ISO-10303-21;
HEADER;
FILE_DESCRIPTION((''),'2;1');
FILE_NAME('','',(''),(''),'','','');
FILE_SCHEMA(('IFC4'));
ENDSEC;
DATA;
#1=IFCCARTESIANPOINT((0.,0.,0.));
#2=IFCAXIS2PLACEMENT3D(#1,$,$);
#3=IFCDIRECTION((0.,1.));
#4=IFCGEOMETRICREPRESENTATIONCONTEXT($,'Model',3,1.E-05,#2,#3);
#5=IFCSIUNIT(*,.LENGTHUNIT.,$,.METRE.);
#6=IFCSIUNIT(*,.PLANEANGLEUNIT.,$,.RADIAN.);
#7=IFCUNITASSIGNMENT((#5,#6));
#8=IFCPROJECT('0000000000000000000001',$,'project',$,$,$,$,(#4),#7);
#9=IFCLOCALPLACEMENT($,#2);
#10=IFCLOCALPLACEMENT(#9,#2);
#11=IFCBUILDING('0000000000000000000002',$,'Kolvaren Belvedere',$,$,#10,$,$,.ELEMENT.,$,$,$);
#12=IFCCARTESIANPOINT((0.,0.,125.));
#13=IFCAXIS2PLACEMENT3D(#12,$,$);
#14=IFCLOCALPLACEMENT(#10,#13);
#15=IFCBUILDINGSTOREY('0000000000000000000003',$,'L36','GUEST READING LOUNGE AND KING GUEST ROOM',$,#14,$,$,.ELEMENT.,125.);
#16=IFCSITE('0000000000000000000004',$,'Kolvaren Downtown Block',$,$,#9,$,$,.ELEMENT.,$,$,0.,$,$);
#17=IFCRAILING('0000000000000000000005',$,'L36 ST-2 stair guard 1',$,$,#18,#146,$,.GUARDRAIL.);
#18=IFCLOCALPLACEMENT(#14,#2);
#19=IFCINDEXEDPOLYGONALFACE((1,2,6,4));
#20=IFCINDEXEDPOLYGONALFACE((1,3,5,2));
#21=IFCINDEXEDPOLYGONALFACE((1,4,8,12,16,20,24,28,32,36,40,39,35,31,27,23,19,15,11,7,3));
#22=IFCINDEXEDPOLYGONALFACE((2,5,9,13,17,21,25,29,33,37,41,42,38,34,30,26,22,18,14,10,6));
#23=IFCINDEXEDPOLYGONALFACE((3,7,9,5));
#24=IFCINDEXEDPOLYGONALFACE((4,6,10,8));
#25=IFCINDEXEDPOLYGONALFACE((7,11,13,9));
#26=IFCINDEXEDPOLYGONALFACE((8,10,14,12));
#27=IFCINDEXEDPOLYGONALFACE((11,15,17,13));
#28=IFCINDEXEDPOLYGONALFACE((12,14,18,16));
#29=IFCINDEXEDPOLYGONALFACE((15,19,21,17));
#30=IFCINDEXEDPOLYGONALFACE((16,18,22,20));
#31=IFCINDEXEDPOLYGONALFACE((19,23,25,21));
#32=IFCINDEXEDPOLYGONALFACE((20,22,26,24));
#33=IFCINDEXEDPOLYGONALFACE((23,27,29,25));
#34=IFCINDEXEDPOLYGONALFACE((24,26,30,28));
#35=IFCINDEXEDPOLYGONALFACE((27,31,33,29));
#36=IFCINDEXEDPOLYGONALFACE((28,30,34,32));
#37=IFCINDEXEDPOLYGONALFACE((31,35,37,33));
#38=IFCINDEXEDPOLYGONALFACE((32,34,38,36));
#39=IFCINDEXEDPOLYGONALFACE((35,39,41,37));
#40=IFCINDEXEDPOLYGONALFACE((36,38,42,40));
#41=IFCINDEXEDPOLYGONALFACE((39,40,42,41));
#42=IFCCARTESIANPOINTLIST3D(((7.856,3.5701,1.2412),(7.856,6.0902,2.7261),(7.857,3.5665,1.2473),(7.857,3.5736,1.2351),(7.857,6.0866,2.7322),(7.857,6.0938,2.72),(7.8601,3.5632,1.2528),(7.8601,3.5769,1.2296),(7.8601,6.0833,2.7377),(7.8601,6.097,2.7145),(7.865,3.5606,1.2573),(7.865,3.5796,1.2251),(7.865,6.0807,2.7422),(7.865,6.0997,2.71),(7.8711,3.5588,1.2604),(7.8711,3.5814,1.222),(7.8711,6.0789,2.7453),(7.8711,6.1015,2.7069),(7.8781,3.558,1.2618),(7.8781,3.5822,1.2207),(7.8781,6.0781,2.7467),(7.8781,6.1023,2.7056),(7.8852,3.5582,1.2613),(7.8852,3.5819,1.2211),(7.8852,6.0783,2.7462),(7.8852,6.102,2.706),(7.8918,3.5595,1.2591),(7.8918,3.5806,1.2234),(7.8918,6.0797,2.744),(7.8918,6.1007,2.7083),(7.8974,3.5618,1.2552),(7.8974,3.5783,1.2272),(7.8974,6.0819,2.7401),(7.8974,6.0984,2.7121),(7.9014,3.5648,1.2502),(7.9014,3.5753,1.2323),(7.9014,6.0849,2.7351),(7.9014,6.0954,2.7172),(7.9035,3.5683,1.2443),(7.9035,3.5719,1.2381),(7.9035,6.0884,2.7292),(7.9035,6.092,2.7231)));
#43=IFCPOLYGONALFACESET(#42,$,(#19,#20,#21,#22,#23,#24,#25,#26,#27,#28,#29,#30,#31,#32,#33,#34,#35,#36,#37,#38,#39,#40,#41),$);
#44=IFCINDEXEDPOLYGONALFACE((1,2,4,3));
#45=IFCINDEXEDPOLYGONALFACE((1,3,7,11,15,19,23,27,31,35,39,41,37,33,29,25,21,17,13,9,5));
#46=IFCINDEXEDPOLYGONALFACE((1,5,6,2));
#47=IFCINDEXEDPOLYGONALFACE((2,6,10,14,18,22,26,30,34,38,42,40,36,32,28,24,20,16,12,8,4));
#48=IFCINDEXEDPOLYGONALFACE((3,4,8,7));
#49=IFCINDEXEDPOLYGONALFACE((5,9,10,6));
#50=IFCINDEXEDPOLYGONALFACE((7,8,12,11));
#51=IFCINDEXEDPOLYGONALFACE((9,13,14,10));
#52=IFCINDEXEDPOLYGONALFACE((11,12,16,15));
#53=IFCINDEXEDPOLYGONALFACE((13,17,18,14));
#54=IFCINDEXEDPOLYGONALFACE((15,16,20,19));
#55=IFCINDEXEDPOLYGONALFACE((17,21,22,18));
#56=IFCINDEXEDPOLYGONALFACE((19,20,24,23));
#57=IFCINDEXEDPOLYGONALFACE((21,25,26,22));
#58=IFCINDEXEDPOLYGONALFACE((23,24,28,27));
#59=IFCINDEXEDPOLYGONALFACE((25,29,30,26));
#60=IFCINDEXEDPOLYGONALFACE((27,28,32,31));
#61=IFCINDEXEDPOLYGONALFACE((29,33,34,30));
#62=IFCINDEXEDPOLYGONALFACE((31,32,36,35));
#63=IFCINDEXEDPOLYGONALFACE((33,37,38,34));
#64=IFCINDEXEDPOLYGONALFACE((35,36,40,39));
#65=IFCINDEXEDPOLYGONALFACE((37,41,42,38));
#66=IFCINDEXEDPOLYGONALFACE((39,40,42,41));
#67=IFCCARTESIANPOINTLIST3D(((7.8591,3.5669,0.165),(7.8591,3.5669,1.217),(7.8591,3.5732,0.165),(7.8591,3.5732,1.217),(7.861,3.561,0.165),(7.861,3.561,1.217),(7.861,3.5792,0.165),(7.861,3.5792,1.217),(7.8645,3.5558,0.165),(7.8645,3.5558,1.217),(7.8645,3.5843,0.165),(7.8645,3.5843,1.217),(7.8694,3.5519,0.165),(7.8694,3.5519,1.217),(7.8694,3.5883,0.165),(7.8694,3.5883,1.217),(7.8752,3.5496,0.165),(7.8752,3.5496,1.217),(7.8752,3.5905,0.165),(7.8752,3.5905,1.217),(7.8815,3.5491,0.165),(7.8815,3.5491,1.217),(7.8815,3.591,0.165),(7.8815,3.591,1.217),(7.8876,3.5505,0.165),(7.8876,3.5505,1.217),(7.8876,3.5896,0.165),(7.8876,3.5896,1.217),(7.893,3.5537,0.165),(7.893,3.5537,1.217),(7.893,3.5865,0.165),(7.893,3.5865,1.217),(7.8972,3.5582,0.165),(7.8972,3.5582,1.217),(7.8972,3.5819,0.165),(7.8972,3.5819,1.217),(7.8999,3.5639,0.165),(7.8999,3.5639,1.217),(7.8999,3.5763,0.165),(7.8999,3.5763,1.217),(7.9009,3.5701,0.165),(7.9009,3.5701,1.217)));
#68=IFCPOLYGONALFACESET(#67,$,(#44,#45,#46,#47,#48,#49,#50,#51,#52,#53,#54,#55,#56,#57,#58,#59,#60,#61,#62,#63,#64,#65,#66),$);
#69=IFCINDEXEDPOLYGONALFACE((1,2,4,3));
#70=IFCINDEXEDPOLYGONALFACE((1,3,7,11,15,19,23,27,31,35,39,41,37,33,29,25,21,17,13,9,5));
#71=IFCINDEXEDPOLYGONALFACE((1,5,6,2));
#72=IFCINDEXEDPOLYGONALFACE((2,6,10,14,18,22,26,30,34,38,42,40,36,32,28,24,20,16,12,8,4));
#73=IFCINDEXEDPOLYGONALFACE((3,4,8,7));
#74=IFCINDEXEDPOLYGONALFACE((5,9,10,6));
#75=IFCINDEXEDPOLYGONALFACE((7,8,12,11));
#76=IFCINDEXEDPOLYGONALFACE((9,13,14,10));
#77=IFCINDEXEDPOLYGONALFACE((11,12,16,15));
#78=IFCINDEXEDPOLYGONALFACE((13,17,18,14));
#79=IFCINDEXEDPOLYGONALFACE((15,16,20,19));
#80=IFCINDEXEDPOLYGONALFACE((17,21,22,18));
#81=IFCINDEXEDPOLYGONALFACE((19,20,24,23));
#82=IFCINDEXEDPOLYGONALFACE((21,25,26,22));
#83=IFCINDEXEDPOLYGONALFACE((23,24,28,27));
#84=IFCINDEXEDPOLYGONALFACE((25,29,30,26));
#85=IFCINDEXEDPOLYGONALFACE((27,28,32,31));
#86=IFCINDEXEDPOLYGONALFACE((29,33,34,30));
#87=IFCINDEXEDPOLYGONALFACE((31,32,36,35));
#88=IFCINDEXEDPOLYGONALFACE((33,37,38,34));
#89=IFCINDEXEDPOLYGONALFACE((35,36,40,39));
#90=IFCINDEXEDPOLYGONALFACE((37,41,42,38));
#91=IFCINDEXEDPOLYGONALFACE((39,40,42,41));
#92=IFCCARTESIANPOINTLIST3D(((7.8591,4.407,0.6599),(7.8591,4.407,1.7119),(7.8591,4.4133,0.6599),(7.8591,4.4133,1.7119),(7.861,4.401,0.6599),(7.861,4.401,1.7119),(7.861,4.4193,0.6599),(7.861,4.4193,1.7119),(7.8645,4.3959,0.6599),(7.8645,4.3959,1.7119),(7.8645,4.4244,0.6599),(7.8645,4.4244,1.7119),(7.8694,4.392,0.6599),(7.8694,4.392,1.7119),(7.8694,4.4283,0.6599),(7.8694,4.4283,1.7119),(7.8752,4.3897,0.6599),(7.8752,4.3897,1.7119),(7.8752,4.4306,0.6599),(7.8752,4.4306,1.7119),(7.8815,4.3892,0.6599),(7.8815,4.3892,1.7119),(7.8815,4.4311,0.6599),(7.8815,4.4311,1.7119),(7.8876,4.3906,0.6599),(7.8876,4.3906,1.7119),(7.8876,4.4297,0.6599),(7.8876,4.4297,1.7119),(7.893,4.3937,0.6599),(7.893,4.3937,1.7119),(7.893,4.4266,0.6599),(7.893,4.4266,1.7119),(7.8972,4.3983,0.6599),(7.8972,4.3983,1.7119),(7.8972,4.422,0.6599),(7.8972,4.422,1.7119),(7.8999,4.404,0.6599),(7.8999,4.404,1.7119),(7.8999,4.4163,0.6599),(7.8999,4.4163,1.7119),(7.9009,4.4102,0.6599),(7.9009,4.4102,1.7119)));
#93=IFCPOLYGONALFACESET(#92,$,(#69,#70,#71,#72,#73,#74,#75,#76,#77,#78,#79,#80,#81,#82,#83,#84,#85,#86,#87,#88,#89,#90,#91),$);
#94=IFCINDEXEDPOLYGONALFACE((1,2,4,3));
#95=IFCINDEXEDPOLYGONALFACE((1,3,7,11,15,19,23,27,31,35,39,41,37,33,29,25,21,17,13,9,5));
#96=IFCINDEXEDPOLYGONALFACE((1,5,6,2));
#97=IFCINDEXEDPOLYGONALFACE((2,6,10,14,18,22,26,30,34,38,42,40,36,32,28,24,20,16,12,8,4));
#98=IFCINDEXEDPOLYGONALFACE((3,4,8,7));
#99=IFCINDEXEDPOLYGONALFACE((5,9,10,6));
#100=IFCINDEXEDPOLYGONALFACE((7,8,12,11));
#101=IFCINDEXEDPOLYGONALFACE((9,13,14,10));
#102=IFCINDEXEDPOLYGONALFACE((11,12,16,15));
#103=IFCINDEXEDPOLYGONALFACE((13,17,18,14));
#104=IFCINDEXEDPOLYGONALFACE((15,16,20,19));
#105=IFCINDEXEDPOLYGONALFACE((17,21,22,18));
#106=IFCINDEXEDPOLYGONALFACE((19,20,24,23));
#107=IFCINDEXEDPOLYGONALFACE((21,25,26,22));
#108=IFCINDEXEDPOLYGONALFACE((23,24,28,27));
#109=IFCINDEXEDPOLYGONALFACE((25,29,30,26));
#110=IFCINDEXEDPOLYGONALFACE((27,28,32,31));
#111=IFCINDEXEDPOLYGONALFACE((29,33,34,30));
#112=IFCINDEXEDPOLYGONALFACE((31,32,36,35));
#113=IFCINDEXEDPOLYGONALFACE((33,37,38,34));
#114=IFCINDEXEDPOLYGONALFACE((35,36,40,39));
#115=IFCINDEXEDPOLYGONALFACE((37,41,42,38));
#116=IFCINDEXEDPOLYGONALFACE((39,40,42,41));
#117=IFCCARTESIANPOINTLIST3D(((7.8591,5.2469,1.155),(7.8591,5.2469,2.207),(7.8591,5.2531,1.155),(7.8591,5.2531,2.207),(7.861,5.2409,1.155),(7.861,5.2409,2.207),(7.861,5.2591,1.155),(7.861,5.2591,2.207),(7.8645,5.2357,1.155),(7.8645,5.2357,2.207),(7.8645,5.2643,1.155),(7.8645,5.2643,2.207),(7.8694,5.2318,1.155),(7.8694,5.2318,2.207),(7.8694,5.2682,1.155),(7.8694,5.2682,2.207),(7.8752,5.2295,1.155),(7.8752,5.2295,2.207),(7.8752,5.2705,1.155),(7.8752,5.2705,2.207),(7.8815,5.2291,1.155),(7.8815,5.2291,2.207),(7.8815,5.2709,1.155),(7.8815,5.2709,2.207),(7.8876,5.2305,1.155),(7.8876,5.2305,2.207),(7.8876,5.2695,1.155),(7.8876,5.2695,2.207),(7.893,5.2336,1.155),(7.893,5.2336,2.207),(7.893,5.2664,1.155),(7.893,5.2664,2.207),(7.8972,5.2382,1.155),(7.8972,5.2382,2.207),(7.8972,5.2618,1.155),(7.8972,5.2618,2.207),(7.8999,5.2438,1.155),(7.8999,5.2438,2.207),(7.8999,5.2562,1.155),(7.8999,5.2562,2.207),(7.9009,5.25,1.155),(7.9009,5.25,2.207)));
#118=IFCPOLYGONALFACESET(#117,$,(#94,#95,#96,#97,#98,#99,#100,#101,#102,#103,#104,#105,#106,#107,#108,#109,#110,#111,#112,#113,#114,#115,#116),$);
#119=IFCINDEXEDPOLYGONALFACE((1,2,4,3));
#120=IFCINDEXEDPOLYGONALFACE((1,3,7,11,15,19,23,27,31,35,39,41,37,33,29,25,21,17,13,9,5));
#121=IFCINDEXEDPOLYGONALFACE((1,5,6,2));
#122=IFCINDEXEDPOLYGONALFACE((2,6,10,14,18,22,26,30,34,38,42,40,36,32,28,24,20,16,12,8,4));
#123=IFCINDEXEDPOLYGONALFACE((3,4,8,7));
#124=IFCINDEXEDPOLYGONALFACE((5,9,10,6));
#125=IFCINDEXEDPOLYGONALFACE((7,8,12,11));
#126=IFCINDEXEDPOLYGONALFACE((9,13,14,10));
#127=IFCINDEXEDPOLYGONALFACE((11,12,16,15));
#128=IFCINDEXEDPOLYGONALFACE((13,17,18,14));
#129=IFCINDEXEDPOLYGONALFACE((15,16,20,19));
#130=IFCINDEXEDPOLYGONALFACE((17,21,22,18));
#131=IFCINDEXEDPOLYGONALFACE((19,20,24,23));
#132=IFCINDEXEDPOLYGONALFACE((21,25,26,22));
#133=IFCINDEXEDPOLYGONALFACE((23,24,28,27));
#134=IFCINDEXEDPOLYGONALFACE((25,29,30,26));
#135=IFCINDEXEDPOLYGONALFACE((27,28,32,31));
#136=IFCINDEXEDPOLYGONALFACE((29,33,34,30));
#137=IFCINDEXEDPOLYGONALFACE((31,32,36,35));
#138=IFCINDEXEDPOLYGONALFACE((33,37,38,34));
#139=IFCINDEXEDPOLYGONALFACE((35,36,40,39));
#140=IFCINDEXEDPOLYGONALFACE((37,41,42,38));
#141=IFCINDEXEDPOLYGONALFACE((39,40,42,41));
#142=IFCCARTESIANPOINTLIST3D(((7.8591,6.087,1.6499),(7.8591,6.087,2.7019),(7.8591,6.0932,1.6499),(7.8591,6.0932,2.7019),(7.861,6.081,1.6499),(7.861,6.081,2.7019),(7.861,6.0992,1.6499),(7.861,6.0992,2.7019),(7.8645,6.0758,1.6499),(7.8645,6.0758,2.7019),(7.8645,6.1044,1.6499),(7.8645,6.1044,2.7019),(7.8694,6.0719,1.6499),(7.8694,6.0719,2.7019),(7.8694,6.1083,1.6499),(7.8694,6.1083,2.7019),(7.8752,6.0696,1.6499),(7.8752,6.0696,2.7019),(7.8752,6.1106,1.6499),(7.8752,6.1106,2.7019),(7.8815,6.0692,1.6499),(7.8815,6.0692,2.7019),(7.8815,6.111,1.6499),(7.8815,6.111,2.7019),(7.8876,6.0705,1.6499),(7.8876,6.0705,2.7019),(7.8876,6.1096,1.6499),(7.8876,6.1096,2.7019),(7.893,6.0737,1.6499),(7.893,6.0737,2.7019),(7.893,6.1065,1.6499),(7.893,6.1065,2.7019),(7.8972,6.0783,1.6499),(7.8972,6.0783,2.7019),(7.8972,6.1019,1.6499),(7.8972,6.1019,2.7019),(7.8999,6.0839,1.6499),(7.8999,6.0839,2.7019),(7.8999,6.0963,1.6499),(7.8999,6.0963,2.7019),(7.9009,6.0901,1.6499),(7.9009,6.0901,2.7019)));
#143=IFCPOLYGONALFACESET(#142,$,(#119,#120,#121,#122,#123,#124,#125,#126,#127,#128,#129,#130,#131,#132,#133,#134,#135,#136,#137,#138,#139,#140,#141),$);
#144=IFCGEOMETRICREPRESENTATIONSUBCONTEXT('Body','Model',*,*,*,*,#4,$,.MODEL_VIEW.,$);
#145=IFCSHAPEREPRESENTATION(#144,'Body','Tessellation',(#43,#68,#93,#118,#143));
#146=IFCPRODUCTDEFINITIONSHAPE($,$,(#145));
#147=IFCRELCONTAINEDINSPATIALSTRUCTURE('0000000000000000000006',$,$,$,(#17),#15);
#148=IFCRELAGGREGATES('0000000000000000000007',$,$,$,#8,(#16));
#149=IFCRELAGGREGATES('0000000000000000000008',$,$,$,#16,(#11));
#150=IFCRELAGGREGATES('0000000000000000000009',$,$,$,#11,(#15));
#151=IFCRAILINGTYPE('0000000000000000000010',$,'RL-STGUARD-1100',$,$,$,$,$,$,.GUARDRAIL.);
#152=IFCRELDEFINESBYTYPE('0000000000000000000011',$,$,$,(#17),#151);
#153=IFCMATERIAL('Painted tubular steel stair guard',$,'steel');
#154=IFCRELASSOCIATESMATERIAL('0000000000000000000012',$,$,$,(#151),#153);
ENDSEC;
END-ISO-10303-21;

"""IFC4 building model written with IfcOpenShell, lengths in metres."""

from ifc_helpers import new_model, si_unit, direction, frame, origin, origin_2d, place, context, subcontext, project, spatial, circle, extrude, material, type_object, element, save


model = new_model("IFC4")

# Units and contexts
model_context = context("Model", 3, precision=1e-05, world=origin(), true_north=direction((0.0, 1.0)))
body_context = subcontext(model_context, "Body", "Model", "MODEL_VIEW")
ifc_project = project(units=[si_unit("LENGTHUNIT", "METRE"), si_unit("PLANEANGLEUNIT", "RADIAN")], contexts=[model_context])

# Site, building, storey
site_placement = place(None, origin())
site = spatial("IfcSite", under=ifc_project, at=site_placement, Name="Kolvaren Downtown Block", CompositionType="ELEMENT", RefElevation=0.0)
building_placement = place(site_placement, origin())
building = spatial("IfcBuilding", under=site, at=building_placement, Name="Kolvaren Belvedere", CompositionType="ELEMENT")
storey_placement = place(building_placement, frame((0.0, 0.0, 125.0)))
storey = spatial("IfcBuildingStorey", under=building, at=storey_placement, Name="L36", Description="GUEST READING LOUNGE AND KING GUEST ROOM", CompositionType="ELEMENT", Elevation=125.0)

# Railing
ifc_material_1 = material(Name="Painted tubular steel stair guard", Category="steel")
railing_type_1 = type_object("IfcRailingType", Name="RL-STGUARD-1100", PredefinedType="GUARDRAIL", material=ifc_material_1)
railing_1_placement = place(storey_placement, frame((7.8799, 3.5701, 0.165)))
element("IfcRailing", 1, at=railing_1_placement, inside=storey, type_object=railing_type_1, Name="L36 ST-2 stair guard 1", PredefinedType="GUARDRAIL", context=body_context, shape_type="SweptSolid", body=[
    extrude(circle(Radius=0.0239, at=origin_2d()), frame((0.0, 0.0, 1.0762), z_axis=(0.0, 0.861561, 0.507655), x_axis=(-1.0, 0.0, 0.0)), (0.0, 0.0, 1.0), 2.925),
    extrude(circle(Radius=0.021, at=origin_2d()), origin(), (0.0, 0.0, 1.0), 1.052),
    extrude(circle(Radius=0.021, at=origin_2d()), frame((0.0, 0.8401, 0.4949)), (0.0, 0.0, 1.0), 1.052),
    extrude(circle(Radius=0.021, at=origin_2d()), frame((0.0, 1.6799, 0.99)), (0.0, 0.0, 1.0), 1.052),
    extrude(circle(Radius=0.021, at=origin_2d()), frame((0.0, 2.52, 1.4849)), (0.0, 0.0, 1.0), 1.052),
])

save(model, "model.ifc")
